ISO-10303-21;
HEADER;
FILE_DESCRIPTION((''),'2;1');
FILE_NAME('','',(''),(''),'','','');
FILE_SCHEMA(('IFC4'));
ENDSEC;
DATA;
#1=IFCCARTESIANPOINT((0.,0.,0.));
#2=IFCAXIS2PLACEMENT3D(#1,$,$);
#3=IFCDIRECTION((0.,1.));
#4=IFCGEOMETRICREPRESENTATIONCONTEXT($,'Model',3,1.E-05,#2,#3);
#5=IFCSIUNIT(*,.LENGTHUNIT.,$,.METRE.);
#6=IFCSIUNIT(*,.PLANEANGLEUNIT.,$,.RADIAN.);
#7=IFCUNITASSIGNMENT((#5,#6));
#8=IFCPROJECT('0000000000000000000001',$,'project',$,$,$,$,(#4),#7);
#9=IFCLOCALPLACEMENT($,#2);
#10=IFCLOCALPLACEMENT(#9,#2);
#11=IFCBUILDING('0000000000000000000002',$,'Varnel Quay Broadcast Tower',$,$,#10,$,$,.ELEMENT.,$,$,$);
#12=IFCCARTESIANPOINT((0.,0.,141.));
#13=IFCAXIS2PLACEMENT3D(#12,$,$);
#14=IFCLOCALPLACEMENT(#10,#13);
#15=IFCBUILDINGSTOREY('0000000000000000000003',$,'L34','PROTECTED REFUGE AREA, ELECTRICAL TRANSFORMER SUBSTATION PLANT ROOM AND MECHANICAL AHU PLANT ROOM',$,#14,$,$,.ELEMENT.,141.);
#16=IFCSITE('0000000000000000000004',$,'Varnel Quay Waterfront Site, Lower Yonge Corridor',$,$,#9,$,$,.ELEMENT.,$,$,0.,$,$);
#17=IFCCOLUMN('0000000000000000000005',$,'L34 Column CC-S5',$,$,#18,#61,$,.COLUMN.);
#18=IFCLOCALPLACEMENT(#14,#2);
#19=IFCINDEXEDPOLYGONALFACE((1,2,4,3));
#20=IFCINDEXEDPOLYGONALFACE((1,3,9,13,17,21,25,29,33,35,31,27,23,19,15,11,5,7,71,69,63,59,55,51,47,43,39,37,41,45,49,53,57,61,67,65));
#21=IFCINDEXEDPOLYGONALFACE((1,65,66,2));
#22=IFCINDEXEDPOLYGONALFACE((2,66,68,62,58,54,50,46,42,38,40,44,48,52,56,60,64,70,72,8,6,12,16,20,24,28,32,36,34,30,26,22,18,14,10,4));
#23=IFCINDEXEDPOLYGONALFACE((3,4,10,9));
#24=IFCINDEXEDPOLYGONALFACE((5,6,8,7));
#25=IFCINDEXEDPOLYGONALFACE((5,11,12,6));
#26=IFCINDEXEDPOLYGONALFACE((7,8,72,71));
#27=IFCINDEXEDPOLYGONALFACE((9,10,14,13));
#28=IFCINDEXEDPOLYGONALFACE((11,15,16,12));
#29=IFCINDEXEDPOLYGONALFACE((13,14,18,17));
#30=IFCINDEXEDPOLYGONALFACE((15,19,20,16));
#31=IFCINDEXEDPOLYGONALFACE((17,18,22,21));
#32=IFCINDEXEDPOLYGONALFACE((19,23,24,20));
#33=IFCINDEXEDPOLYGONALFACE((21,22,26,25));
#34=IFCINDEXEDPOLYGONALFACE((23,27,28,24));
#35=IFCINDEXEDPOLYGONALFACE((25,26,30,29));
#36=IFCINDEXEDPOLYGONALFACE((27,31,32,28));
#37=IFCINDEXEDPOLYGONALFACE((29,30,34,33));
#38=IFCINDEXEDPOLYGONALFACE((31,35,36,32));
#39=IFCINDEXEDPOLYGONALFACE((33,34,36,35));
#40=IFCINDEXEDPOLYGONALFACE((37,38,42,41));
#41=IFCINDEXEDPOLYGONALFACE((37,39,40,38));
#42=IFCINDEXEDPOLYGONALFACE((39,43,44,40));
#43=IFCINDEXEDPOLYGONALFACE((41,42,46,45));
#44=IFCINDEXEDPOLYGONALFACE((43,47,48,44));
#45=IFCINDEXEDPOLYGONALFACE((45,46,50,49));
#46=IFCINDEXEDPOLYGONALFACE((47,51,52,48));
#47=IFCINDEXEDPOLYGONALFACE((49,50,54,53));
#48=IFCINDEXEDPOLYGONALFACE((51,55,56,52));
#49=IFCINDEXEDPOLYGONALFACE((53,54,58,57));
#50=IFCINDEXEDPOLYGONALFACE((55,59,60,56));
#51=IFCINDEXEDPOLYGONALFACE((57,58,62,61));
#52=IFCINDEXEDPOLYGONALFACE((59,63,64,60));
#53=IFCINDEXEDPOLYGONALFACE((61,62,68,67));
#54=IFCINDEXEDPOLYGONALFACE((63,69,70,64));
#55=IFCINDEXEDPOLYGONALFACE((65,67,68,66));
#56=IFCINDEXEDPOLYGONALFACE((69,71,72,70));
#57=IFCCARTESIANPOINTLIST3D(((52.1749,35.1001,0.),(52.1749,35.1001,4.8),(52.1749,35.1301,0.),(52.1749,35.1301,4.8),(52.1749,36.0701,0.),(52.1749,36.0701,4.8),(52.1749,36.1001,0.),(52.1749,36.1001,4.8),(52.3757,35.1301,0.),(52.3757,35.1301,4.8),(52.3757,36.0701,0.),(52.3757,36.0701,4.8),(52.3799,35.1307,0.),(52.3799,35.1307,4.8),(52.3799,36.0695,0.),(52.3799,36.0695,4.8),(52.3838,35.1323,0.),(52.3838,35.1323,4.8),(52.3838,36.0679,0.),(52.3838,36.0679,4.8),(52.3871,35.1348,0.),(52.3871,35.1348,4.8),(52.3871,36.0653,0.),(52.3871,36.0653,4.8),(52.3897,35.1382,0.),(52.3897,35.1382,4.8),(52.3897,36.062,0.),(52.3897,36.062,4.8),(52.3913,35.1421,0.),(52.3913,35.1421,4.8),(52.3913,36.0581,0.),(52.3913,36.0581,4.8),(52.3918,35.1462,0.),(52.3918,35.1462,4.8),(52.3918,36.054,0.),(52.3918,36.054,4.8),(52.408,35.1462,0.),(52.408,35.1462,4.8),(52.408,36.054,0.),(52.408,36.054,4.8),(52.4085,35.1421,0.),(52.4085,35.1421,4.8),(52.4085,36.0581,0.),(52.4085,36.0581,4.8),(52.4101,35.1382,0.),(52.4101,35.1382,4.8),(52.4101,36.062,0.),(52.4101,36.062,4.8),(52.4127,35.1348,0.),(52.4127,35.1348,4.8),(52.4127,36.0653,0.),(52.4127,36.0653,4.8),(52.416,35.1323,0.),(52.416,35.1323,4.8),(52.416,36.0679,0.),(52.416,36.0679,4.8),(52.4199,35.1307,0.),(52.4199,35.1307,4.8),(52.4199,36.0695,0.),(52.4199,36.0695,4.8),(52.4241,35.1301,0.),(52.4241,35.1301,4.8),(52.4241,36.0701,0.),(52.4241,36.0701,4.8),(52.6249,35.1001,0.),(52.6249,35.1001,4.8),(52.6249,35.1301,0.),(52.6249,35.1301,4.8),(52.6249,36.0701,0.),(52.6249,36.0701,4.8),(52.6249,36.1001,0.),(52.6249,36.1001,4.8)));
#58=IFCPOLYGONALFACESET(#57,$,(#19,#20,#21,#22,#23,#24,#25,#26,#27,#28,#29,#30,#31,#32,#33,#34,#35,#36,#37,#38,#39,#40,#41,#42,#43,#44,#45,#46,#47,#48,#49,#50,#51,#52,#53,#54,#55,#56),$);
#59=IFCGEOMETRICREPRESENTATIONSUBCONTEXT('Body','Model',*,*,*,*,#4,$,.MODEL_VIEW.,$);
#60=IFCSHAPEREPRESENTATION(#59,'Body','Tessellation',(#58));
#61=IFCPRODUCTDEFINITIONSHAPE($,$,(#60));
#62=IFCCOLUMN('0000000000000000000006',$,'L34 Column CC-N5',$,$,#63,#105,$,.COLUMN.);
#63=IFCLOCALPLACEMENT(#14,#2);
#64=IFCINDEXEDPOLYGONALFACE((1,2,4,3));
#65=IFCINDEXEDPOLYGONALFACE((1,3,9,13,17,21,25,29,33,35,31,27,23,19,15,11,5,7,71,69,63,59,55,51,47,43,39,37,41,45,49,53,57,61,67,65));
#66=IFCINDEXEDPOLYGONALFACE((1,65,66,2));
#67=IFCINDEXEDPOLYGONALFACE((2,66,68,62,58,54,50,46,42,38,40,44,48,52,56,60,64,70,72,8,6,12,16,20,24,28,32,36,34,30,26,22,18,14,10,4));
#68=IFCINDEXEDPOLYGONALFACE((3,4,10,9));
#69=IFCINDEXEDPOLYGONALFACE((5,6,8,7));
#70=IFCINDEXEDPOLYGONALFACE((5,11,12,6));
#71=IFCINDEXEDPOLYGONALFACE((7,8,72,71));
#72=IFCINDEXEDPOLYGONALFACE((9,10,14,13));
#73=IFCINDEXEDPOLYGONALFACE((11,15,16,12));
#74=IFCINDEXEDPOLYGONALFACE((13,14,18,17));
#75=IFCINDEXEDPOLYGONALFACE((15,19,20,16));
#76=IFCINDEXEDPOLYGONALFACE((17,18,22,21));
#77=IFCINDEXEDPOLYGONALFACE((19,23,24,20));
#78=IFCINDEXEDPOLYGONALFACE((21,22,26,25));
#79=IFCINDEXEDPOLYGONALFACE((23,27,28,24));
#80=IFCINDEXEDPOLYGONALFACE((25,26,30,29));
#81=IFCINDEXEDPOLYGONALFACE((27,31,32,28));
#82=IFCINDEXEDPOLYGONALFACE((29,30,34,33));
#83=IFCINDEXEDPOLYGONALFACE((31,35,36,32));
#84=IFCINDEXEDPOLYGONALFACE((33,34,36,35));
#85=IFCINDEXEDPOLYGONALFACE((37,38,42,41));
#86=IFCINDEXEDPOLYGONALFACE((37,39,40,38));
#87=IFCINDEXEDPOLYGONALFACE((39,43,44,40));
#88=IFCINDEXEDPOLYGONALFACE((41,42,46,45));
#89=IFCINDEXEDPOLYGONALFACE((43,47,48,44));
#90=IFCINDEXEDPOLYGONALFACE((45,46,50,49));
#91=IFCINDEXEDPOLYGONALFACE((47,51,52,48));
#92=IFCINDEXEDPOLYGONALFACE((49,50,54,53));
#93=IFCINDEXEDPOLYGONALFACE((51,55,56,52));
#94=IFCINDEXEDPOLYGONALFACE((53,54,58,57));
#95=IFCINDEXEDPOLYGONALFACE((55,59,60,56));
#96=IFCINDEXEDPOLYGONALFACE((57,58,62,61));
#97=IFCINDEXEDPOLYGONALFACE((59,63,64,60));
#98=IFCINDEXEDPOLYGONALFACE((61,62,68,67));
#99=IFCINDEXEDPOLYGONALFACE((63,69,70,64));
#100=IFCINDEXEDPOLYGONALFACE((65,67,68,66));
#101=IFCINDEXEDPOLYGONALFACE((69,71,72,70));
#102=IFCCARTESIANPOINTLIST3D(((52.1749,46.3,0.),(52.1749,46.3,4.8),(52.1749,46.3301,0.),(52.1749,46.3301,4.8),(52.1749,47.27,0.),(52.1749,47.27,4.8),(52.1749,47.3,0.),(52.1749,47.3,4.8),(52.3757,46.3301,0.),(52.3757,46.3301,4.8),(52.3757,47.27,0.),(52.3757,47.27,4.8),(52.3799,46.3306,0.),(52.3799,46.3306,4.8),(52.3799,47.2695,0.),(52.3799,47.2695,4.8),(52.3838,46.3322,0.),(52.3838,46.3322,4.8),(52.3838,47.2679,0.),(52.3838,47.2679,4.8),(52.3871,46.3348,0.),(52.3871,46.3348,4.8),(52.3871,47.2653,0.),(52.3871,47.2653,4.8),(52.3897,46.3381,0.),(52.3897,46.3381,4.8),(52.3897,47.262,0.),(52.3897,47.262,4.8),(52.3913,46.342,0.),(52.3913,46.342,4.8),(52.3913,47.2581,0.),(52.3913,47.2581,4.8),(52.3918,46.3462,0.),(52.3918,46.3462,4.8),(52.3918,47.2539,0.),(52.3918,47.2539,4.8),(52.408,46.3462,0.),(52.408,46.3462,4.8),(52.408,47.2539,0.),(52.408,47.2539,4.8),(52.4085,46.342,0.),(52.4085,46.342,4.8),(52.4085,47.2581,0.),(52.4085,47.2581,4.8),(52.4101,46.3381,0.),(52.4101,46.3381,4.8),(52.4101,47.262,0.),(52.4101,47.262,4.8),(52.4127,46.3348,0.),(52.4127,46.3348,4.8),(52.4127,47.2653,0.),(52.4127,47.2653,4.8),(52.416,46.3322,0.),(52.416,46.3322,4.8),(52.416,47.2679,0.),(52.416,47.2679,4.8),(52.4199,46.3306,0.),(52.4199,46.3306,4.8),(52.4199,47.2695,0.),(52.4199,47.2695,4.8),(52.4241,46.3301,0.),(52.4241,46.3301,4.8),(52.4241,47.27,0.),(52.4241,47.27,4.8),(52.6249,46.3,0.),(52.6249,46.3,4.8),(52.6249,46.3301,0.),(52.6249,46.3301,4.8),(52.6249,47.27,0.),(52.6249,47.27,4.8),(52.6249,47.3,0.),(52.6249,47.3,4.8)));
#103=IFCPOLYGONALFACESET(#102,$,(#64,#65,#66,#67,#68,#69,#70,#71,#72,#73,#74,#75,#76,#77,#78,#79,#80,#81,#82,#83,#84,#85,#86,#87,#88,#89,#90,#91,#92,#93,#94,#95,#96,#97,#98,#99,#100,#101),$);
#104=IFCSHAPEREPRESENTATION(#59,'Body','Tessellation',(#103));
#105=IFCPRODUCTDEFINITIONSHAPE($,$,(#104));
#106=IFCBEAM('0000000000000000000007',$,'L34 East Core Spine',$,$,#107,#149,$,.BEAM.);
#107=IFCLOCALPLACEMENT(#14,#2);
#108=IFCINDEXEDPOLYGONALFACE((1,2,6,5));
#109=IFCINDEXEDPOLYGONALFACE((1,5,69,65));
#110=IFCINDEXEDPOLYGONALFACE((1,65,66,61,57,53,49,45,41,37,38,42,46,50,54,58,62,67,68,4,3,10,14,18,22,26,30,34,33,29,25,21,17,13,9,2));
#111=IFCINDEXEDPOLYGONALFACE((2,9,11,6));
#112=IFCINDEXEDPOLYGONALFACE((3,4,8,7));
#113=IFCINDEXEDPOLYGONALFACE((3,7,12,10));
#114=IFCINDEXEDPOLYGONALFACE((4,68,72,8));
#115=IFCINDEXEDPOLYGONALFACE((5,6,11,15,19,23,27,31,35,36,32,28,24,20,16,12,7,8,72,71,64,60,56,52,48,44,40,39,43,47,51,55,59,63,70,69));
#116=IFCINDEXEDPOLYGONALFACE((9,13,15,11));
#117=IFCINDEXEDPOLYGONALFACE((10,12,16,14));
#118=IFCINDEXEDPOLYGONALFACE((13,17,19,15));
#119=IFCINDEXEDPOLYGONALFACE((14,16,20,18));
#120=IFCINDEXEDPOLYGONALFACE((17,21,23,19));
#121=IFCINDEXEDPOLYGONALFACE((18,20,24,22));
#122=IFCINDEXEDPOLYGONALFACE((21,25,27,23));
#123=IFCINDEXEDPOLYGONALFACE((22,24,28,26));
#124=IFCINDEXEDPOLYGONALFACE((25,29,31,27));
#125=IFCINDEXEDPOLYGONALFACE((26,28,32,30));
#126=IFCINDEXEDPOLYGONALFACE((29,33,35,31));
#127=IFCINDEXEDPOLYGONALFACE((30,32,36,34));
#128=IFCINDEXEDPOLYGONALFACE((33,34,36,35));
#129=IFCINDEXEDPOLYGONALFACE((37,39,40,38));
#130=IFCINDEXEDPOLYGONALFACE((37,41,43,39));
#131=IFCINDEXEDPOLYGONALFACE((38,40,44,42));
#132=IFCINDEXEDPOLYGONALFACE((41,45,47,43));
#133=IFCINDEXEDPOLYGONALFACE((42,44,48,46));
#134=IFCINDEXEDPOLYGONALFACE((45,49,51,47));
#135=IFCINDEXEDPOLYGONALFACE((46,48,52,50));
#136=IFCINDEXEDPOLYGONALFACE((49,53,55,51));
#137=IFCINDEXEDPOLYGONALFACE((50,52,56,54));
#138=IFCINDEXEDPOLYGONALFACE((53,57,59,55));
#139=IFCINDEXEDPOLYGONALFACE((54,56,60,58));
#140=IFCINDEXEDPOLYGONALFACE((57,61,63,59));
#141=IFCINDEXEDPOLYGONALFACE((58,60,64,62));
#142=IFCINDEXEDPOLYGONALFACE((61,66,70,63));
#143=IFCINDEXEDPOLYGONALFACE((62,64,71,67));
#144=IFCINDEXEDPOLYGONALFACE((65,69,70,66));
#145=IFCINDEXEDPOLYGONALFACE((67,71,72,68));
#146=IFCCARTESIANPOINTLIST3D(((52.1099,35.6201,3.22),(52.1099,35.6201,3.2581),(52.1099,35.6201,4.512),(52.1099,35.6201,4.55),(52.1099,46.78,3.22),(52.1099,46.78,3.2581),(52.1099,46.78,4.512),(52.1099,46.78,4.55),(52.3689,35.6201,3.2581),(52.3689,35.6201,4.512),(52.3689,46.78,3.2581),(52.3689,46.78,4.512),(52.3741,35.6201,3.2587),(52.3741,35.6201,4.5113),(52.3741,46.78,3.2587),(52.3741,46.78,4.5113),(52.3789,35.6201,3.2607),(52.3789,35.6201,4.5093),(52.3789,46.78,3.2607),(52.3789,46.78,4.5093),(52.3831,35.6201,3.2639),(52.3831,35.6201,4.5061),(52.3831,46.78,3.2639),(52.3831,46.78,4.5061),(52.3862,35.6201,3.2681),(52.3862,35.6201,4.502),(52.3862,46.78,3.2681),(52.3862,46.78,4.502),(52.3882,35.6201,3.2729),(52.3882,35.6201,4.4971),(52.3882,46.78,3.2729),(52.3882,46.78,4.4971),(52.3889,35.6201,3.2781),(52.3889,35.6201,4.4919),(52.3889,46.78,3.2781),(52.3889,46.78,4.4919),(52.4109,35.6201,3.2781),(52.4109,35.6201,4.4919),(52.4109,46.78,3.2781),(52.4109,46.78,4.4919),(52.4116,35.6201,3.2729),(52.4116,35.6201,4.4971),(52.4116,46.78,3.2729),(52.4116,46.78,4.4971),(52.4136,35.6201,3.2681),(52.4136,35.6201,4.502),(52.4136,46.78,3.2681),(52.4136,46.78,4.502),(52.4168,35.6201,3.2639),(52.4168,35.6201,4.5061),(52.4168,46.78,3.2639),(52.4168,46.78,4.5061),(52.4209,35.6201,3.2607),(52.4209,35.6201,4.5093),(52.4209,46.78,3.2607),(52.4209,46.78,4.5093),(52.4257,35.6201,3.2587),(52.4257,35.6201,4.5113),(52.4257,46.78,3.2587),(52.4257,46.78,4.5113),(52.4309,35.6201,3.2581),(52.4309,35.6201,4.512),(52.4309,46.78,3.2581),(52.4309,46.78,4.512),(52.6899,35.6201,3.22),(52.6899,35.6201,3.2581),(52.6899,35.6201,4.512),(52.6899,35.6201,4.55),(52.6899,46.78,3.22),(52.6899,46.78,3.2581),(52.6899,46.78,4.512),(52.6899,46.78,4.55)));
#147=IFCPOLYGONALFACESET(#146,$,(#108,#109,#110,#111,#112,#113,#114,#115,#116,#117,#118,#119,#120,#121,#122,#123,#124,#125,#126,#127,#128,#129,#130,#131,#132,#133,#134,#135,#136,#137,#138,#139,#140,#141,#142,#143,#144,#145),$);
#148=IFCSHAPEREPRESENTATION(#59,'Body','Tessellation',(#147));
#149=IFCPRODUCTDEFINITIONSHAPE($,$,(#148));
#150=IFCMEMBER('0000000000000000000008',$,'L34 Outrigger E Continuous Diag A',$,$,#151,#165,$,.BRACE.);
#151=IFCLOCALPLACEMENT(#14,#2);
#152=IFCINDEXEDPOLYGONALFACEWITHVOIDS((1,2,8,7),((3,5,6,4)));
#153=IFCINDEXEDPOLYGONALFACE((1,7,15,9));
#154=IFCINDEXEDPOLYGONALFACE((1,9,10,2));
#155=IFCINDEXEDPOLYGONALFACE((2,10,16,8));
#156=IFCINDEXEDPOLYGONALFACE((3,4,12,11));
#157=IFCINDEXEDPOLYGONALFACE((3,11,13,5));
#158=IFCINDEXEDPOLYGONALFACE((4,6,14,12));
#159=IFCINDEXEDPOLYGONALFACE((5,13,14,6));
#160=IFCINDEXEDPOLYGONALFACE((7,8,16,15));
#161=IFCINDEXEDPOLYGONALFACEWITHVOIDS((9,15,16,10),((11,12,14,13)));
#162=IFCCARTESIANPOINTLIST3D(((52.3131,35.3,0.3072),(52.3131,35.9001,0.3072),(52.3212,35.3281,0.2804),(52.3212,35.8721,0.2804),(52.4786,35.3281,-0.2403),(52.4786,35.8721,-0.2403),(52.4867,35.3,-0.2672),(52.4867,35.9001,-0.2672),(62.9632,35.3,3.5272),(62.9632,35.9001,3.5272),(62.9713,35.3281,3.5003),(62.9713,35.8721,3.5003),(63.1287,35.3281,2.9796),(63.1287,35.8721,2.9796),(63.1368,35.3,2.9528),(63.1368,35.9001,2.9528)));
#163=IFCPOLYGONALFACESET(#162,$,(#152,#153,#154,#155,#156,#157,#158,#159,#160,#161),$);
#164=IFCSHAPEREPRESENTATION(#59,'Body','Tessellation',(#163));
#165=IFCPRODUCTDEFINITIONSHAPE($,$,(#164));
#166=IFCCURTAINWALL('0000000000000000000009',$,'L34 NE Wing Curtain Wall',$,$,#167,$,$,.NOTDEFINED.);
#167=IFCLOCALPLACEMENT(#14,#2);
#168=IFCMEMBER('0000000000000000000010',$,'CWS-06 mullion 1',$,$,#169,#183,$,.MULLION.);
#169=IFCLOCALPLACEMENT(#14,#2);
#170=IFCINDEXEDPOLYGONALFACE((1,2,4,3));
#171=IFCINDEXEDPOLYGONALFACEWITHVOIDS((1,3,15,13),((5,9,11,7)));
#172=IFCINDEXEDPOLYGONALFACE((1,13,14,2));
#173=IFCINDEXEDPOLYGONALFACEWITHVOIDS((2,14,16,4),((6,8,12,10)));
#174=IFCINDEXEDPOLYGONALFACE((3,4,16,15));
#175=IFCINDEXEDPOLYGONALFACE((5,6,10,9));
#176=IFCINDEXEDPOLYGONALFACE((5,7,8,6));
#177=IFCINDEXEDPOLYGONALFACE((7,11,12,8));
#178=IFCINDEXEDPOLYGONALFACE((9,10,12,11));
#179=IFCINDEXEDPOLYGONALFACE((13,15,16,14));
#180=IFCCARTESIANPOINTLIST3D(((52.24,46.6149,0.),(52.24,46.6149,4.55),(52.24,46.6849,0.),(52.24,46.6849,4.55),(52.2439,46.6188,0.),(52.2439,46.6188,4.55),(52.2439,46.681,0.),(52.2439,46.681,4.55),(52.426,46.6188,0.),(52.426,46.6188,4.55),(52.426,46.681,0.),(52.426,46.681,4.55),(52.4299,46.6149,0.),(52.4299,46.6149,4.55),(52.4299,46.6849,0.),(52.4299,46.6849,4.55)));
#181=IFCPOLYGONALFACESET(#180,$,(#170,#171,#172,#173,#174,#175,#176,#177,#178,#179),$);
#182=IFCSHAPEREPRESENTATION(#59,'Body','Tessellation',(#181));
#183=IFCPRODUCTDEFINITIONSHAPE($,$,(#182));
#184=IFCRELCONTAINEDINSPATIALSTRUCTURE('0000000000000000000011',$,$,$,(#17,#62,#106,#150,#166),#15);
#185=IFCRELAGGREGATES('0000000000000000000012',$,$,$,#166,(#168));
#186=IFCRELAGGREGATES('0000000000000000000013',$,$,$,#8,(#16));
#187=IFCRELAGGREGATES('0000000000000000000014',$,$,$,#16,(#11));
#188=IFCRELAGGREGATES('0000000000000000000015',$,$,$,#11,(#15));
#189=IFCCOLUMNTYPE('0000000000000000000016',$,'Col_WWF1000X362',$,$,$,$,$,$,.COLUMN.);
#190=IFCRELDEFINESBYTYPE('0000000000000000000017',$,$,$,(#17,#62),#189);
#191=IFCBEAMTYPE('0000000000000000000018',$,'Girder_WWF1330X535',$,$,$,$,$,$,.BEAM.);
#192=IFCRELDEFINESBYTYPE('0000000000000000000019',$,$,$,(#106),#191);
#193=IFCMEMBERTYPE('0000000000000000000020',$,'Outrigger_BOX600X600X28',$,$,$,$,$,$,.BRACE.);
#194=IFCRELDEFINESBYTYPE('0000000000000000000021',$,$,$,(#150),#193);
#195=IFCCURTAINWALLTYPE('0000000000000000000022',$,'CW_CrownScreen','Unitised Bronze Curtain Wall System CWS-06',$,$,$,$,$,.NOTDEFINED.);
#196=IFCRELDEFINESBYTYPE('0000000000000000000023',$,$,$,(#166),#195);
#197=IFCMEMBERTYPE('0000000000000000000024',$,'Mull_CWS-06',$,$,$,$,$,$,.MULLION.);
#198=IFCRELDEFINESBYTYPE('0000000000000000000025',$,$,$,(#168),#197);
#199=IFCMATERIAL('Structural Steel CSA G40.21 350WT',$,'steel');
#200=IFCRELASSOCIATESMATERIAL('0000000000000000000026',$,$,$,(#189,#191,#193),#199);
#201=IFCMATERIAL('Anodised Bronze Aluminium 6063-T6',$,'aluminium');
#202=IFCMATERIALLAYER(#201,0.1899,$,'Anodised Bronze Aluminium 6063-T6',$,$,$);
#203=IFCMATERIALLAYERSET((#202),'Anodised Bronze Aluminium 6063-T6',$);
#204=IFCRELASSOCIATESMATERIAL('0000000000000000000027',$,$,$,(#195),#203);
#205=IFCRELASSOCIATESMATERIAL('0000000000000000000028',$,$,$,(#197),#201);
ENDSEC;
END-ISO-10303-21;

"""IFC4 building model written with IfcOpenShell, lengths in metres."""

from ifc_helpers import new_model, si_unit, direction, frame, origin, origin_2d, place, context, subcontext, project, spatial, hollow_rectangle, i_section, extrude, source, transform, mapped, material, layer, layer_set, material_profile, profile_set, type_object, type_shapes, element, aggregate, save


model = new_model("IFC4")

# Units and contexts
model_context = context("Model", 3, precision=1e-05, world=origin(), true_north=direction((0.0, 1.0)))
body_context = subcontext(model_context, "Body", "Model", "MODEL_VIEW")
ifc_project = project(units=[si_unit("LENGTHUNIT", "METRE"), si_unit("PLANEANGLEUNIT", "RADIAN")], contexts=[model_context])

# Site, building, storey
site_placement = place(None, origin())
site = spatial("IfcSite", under=ifc_project, at=site_placement, Name="Varnel Quay Waterfront Site, Lower Yonge Corridor", CompositionType="ELEMENT", RefElevation=0.0)
building_placement = place(site_placement, origin())
building = spatial("IfcBuilding", under=site, at=building_placement, Name="Varnel Quay Broadcast Tower", CompositionType="ELEMENT")
storey_placement = place(building_placement, frame((0.0, 0.0, 141.0)))
storey = spatial("IfcBuildingStorey", under=building, at=storey_placement, Name="L34", Description="PROTECTED REFUGE AREA, ELECTRICAL TRANSFORMER SUBSTATION PLANT ROOM AND MECHANICAL AHU PLANT ROOM", CompositionType="ELEMENT", Elevation=141.0)

# Columns
ifc_material_1 = material(Name="Structural Steel CSA G40.21 350WT", Category="steel")
ifc_material_profile_1 = material_profile(ifc_material_1, i_section(OverallWidth=0.45, OverallDepth=1.0, WebThickness=0.0161, FlangeThickness=0.03, FilletRadius=0.0161, at=origin_2d()), Name="WWF1000X362")
ifc_profile_set_1 = profile_set([ifc_material_profile_1], Name="Structural Steel CSA G40.21 350WT")
column_type = type_object("IfcColumnType", Name="Col_WWF1000X362", PredefinedType="COLUMN", material=ifc_profile_set_1)
shared_shape_1 = source(origin(), body_context, "Body", "SweptSolid", [
    extrude(i_section(OverallWidth=0.45, OverallDepth=1.0, WebThickness=0.0161, FlangeThickness=0.03, FilletRadius=0.0161, at=origin_2d()), origin(), (0.0, 0.0, 1.0), 4.8),
])
type_shapes(column_type, [shared_shape_1])
for number, where, z_axis, x_axis, name in (
    (1, (52.3999, 35.6001, 0.0), (0.0, 0.0, 1.0), (1.0, 0.0, 0.0), "L34 Column CC-S5"),
    (2, (52.3999, 46.8, 0.0), (0.0, 0.0, 1.0), (1.0, 0.0, 0.0), "L34 Column CC-N5"),
):
    element("IfcColumn", number, at=place(storey_placement, frame(where, z_axis=z_axis, x_axis=x_axis)), inside=storey, type_object=column_type, Name=name, PredefinedType="COLUMN", context=body_context, shape_type="MappedRepresentation", body=[
        mapped(shared_shape_1, transform((0.0, 0.0, 0.0), x_axis=(1.0, 0.0, 0.0), y_axis=(0.0, 1.0, 0.0), z_axis=(0.0, 0.0, 1.0), scale=1.0)),
    ])

# Beam
ifc_material_profile_2 = material_profile(ifc_material_1, i_section(OverallWidth=0.5801, OverallDepth=1.3301, WebThickness=0.022, FlangeThickness=0.0381, FilletRadius=0.02, at=origin_2d()), Name="WWF1330X535")
ifc_profile_set_2 = profile_set([ifc_material_profile_2], Name="Structural Steel CSA G40.21 350WT")
beam_type = type_object("IfcBeamType", Name="Girder_WWF1330X535", PredefinedType="BEAM", material=ifc_profile_set_2)
shared_shape_2 = source(origin(), body_context, "Body", "SweptSolid", [
    extrude(i_section(OverallWidth=0.5801, OverallDepth=1.3301, WebThickness=0.022, FlangeThickness=0.0381, FilletRadius=0.02, at=origin_2d()), origin(), (0.0, 0.0, 1.0), 11.1599),
])
type_shapes(beam_type, [shared_shape_2])
beam_placement = place(storey_placement, frame((52.3999, 35.6201, 3.885), z_axis=(0.0, 1.0, 0.0), x_axis=(-1.0, 0.0, 0.0)))
element("IfcBeam", 3, at=beam_placement, inside=storey, type_object=beam_type, Name="L34 East Core Spine", PredefinedType="BEAM", context=body_context, shape_type="MappedRepresentation", body=[
    mapped(shared_shape_2, transform((0.0, 0.0, 0.0), x_axis=(1.0, 0.0, 0.0), y_axis=(0.0, 1.0, 0.0), z_axis=(0.0, 0.0, 1.0), scale=1.0)),
])

# Member
ifc_material_profile_3 = material_profile(ifc_material_1, hollow_rectangle(XDim=0.6001, YDim=0.6001, WallThickness=0.0281, at=origin_2d()), Name="BOX600X600X28")
ifc_profile_set_3 = profile_set([ifc_material_profile_3], Name="Structural Steel CSA G40.21 350WT")
member_type_1 = type_object("IfcMemberType", Name="Outrigger_BOX600X600X28", PredefinedType="BRACE", material=ifc_profile_set_3)
shared_shape_3 = source(origin(), body_context, "Body", "SweptSolid", [
    extrude(hollow_rectangle(XDim=0.6001, YDim=0.6001, WallThickness=0.0281, at=origin_2d()), origin(), (0.0, 0.0, 1.0), 11.1262),
])
type_shapes(member_type_1, [shared_shape_3])
member_1_placement = place(storey_placement, frame((52.3999, 35.6001, 0.02), z_axis=(0.957207, 0.0, 0.289403), x_axis=(0.0, 1.0, 0.0)))
element("IfcMember", 4, at=member_1_placement, inside=storey, type_object=member_type_1, Name="L34 Outrigger E Continuous Diag A", PredefinedType="BRACE", context=body_context, shape_type="MappedRepresentation", body=[
    mapped(shared_shape_3, transform((0.0, 0.0, 0.0), x_axis=(1.0, 0.0, 0.0), y_axis=(0.0, 1.0, 0.0), z_axis=(0.0, 0.0, 1.0), scale=1.0)),
])

# Curtain wall, member
ifc_material_2 = material(Name="Anodised Bronze Aluminium 6063-T6", Category="aluminium")
ifc_layer_1 = layer(ifc_material_2, 0.1899, Name="Anodised Bronze Aluminium 6063-T6")
ifc_layer_set_1 = layer_set([ifc_layer_1], Name="Anodised Bronze Aluminium 6063-T6")
curtain_wall_type = type_object("IfcCurtainWallType", Name="CW_CrownScreen", Description="Unitised Bronze Curtain Wall System CWS-06", PredefinedType="NOTDEFINED", material=ifc_layer_set_1)
curtain_wall_placement = place(storey_placement, origin())
curtain_wall = element("IfcCurtainWall", 5, at=curtain_wall_placement, inside=storey, type_object=curtain_wall_type, Name="L34 NE Wing Curtain Wall", PredefinedType="NOTDEFINED")
ifc_material_profile_4 = material_profile(ifc_material_2, hollow_rectangle(XDim=0.0701, YDim=0.1899, WallThickness=0.0039, at=origin_2d()), Name="ALU70X190X4")
ifc_profile_set_4 = profile_set([ifc_material_profile_4], Name="Anodised Bronze Aluminium 6063-T6")
member_type_2 = type_object("IfcMemberType", Name="Mull_CWS-06", PredefinedType="MULLION", material=ifc_profile_set_4)
shared_shape_4 = source(origin(), body_context, "Body", "SweptSolid", [
    extrude(hollow_rectangle(XDim=0.0701, YDim=0.1899, WallThickness=0.0039, at=origin_2d()), origin(), (0.0, 0.0, 1.0), 4.55),
])
type_shapes(member_type_2, [shared_shape_4])
member_2_placement = place(storey_placement, frame((52.335, 46.6499, 0.0), z_axis=(0.0, 0.0, 1.0), x_axis=(0.0, 1.0, 0.0)))
member_2 = element("IfcMember", 6, at=member_2_placement, type_object=member_type_2, Name="CWS-06 mullion 1", PredefinedType="MULLION", context=body_context, shape_type="MappedRepresentation", body=[
    mapped(shared_shape_4, transform((0.0, 0.0, 0.0), x_axis=(1.0, 0.0, 0.0), y_axis=(0.0, 1.0, 0.0), z_axis=(0.0, 0.0, 1.0), scale=1.0)),
])
aggregate(curtain_wall, [member_2])

save(model, "model.ifc")
